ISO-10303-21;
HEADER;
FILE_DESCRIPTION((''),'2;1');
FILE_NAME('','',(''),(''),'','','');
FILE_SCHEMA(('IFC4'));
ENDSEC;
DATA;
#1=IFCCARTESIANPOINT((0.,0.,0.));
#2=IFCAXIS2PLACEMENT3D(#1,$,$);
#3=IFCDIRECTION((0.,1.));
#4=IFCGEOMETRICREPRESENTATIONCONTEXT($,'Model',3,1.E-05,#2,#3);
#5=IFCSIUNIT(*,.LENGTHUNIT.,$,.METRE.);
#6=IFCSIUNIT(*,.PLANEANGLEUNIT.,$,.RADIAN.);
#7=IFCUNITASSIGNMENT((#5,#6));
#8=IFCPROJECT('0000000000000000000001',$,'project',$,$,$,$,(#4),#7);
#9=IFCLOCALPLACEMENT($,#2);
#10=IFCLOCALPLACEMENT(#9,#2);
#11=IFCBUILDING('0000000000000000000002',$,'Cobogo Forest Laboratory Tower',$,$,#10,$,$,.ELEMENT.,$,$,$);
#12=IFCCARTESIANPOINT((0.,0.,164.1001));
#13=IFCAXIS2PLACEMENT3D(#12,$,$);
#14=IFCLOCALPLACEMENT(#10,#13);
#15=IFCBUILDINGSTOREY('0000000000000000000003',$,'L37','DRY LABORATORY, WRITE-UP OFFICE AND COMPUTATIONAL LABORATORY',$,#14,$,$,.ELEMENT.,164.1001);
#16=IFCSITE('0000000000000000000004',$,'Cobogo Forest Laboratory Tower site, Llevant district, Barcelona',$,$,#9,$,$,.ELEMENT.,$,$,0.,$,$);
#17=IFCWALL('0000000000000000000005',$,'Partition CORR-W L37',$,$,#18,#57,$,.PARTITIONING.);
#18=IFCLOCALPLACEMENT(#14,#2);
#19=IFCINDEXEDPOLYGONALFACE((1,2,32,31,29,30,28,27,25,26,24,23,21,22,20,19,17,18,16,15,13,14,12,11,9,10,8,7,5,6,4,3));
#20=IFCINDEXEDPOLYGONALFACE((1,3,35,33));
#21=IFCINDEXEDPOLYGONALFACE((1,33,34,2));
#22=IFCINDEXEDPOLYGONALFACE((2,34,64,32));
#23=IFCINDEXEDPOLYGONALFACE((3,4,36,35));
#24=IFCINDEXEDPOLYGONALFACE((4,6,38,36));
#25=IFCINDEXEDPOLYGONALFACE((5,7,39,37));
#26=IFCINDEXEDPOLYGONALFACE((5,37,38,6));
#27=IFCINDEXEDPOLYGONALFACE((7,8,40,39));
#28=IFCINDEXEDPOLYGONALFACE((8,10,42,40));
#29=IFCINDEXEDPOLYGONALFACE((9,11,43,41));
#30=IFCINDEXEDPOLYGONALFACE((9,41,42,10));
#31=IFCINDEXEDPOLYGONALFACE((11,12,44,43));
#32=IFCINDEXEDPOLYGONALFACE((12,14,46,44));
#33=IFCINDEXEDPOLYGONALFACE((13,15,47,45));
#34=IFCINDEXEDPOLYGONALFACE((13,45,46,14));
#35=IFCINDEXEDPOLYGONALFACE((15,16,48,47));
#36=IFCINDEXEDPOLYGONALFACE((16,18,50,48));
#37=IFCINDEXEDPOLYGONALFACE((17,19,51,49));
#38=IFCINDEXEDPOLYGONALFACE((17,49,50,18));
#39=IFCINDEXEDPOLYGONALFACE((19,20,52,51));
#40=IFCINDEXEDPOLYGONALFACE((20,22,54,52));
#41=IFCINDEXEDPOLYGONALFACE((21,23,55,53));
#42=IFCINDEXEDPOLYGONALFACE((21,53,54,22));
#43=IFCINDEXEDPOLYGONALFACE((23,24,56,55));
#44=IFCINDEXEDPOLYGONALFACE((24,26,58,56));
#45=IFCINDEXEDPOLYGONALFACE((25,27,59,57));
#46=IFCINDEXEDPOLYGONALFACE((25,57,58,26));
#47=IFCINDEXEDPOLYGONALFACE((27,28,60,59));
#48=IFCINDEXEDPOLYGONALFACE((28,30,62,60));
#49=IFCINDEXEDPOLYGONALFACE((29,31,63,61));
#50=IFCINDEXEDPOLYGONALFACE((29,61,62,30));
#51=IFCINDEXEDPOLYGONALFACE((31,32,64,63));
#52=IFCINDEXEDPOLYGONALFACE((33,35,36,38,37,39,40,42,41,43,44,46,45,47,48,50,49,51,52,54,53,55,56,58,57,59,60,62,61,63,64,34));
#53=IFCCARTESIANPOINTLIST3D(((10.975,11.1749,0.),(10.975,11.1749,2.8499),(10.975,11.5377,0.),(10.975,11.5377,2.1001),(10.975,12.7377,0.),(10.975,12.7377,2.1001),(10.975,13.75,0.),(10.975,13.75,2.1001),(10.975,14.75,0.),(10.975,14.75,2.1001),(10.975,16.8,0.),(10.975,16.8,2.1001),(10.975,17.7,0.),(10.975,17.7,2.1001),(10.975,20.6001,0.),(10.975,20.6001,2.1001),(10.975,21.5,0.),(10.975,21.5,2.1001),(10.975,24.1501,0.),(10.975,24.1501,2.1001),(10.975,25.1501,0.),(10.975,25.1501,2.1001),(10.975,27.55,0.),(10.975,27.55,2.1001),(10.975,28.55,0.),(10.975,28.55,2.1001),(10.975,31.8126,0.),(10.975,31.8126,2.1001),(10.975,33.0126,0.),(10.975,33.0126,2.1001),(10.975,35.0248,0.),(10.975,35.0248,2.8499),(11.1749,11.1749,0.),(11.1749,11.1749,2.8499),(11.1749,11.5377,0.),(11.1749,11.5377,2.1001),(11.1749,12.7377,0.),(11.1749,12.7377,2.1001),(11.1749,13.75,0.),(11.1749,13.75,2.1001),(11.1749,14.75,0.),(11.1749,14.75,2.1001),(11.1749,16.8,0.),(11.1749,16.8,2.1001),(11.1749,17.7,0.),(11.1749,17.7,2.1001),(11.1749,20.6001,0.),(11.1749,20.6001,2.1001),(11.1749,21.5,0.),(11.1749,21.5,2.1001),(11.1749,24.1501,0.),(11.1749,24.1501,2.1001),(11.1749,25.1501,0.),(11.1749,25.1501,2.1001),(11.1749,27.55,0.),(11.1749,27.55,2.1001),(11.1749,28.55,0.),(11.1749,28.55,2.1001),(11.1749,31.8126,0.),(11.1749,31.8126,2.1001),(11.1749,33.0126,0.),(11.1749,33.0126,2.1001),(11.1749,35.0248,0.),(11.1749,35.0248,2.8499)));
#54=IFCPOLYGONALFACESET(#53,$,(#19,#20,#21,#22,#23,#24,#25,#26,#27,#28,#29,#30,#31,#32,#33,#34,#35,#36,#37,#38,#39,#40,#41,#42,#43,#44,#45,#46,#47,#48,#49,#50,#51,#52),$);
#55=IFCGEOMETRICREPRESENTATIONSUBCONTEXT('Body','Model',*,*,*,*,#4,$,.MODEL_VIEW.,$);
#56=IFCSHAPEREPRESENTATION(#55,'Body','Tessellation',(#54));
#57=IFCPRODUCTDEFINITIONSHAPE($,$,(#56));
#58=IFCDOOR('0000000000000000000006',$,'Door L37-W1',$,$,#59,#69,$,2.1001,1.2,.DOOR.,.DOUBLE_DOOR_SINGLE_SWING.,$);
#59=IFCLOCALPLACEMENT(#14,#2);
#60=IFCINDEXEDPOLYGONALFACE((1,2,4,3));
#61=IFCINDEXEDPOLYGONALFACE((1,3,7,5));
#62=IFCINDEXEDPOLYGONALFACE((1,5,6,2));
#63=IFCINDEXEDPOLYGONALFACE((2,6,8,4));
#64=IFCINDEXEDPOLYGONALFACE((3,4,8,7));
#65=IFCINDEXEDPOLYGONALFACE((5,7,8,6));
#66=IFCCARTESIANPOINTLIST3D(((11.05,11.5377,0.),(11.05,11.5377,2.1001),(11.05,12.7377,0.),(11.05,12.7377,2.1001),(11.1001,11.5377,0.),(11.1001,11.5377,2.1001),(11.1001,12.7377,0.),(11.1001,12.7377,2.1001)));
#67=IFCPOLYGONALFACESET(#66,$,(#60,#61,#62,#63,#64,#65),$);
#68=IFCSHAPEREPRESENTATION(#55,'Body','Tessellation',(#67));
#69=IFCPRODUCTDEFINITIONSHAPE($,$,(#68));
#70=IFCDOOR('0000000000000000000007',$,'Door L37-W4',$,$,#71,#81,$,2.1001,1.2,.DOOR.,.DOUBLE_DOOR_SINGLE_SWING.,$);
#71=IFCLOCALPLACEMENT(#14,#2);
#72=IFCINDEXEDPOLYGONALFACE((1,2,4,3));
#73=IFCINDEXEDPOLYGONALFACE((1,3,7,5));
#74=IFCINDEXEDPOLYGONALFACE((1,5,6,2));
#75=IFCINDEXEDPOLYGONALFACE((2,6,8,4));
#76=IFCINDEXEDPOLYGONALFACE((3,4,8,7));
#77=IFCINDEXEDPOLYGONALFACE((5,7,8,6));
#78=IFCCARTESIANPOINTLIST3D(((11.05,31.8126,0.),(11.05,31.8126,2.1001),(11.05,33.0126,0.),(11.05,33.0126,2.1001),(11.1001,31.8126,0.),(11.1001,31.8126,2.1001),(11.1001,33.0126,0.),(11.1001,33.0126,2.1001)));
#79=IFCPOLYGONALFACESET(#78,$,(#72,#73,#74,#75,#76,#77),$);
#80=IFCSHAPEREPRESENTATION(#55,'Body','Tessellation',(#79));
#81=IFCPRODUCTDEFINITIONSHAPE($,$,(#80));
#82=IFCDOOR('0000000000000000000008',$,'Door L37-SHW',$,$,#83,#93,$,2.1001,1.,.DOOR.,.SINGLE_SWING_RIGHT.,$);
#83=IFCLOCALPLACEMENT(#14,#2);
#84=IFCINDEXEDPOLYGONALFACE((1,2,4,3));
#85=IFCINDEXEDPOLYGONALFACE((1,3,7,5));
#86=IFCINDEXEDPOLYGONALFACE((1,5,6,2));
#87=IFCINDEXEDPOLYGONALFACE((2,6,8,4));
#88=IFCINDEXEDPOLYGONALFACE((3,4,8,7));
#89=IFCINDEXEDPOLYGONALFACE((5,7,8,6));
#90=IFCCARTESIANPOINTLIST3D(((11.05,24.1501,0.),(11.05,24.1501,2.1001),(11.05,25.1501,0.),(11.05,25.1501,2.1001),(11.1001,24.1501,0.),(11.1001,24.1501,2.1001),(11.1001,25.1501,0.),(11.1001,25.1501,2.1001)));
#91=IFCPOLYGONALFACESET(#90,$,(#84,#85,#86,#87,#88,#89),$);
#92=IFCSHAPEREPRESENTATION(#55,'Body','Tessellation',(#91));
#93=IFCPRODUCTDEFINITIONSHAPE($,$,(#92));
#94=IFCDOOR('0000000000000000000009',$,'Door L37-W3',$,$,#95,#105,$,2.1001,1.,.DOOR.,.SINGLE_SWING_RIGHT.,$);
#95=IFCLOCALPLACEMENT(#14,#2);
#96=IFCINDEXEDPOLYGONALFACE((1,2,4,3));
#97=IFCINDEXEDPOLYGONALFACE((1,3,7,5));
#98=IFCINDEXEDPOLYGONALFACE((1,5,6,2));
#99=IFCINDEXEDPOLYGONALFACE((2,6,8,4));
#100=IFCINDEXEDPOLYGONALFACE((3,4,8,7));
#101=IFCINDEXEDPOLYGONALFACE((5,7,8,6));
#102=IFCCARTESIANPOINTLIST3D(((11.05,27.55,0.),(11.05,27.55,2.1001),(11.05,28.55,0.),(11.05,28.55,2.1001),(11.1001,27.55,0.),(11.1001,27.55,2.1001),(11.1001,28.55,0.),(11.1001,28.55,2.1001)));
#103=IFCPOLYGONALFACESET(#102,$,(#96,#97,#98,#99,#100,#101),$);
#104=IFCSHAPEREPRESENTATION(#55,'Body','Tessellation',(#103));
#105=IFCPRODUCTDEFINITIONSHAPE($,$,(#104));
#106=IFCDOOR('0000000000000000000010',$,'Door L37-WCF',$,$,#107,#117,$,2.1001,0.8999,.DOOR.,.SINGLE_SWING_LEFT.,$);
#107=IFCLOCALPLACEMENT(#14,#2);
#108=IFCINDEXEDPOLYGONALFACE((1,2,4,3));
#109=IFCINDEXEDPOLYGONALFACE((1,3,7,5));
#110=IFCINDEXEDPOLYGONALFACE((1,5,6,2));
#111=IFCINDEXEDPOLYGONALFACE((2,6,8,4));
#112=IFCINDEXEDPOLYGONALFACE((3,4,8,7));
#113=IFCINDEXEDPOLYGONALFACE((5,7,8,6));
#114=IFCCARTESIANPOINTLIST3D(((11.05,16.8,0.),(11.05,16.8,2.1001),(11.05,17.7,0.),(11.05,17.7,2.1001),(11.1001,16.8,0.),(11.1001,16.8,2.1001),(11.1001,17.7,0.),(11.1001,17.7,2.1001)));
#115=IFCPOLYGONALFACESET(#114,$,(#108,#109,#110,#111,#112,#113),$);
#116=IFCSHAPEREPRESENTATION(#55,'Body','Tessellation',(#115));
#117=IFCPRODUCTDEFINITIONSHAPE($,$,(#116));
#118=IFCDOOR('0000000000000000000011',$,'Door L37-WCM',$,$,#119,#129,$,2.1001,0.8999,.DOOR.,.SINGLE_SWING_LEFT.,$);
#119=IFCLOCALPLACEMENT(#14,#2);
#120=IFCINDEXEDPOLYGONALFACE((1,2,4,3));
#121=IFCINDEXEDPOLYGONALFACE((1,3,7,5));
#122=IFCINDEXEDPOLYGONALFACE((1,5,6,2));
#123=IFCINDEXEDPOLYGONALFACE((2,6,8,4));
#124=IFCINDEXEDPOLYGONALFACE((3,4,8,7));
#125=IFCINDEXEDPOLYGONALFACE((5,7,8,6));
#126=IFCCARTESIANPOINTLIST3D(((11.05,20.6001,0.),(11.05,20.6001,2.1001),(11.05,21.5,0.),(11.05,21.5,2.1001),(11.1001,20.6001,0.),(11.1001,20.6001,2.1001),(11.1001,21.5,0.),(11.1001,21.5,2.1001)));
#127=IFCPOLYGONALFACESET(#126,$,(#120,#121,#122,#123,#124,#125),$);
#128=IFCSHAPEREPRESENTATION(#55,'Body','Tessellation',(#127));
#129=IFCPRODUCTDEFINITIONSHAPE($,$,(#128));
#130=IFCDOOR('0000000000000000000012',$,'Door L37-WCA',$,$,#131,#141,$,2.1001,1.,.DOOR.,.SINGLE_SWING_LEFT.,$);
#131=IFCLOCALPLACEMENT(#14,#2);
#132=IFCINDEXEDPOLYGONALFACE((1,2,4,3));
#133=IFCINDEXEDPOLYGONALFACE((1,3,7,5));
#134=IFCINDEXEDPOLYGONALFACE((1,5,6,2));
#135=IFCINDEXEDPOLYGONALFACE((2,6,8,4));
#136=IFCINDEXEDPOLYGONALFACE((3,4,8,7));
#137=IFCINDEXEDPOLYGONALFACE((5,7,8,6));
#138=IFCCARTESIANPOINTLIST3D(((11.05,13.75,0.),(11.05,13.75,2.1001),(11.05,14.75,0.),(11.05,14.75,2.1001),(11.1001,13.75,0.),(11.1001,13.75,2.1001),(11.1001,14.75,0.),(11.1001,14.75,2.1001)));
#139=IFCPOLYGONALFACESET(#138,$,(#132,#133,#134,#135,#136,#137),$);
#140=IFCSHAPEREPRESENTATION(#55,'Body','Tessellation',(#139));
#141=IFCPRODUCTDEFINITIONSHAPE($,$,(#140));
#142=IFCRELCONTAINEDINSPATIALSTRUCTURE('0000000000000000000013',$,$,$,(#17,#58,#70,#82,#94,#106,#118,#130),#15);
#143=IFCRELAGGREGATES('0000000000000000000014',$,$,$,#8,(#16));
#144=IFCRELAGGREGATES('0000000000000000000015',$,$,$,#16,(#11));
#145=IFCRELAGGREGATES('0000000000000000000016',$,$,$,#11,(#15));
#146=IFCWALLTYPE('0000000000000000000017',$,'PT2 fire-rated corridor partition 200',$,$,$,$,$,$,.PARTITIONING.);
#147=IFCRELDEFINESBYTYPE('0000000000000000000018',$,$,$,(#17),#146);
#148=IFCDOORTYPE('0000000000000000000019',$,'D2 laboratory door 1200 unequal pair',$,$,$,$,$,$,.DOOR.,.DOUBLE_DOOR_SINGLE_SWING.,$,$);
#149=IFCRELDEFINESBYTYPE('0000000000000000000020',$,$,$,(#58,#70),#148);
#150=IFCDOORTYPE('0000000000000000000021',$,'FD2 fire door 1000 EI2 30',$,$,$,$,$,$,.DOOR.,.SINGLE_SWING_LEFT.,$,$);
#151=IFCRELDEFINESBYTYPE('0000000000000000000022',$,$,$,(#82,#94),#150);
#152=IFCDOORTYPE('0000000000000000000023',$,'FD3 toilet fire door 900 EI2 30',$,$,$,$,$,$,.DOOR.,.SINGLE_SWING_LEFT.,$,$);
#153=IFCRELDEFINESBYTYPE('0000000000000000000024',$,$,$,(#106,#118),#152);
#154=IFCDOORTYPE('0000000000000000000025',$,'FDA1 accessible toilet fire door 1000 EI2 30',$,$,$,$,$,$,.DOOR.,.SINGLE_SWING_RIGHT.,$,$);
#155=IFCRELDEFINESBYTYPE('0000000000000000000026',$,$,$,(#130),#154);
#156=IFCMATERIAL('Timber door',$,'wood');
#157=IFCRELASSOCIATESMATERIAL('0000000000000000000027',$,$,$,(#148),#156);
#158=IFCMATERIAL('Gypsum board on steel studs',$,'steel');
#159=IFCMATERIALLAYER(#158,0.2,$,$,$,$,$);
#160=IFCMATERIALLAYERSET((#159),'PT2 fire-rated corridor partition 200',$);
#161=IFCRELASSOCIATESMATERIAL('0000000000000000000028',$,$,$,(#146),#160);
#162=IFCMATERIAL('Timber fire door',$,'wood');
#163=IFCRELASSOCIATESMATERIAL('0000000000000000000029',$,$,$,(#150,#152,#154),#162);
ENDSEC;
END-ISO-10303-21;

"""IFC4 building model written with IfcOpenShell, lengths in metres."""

from ifc_helpers import new_model, si_unit, direction, frame, frame_2d, origin, place, context, subcontext, project, spatial, rectangle, extrude, material, layer, layer_set, type_object, element, fill, save


model = new_model("IFC4")

# Units and contexts
model_context = context("Model", 3, precision=1e-05, world=origin(), true_north=direction((0.0, 1.0)))
body_context = subcontext(model_context, "Body", "Model", "MODEL_VIEW")
ifc_project = project(units=[si_unit("LENGTHUNIT", "METRE"), si_unit("PLANEANGLEUNIT", "RADIAN")], contexts=[model_context])

# Site, building, storey
site_placement = place(None, origin())
site = spatial("IfcSite", under=ifc_project, at=site_placement, Name="Cobogo Forest Laboratory Tower site, Llevant district, Barcelona", CompositionType="ELEMENT", RefElevation=0.0)
building_placement = place(site_placement, origin())
building = spatial("IfcBuilding", under=site, at=building_placement, Name="Cobogo Forest Laboratory Tower", CompositionType="ELEMENT")
storey_placement = place(building_placement, frame((0.0, 0.0, 164.1001)))
storey = spatial("IfcBuildingStorey", under=building, at=storey_placement, Name="L37", Description="DRY LABORATORY, WRITE-UP OFFICE AND COMPUTATIONAL LABORATORY", CompositionType="ELEMENT", Elevation=164.1001)

# Shared definitions
ifc_material_1 = material(Name="Gypsum board on steel studs", Category="steel")

# Shared definitions
ifc_material_2 = material(Name="Timber door", Category="wood")
door_type_1 = type_object("IfcDoorType", Name="D2 laboratory door 1200 unequal pair", OperationType="DOUBLE_DOOR_SINGLE_SWING", PredefinedType="DOOR", material=ifc_material_2)

# Shared definitions
ifc_layer_1 = layer(ifc_material_1, 0.2)
ifc_layer_set_1 = layer_set([ifc_layer_1], Name="PT2 fire-rated corridor partition 200")
wall_type_1 = type_object("IfcWallType", Name="PT2 fire-rated corridor partition 200", PredefinedType="PARTITIONING", material=ifc_layer_set_1)

# Wall, openings, doors
ifc_material_3 = material(Name="Timber fire door", Category="wood")
door_type_2 = type_object("IfcDoorType", Name="FD2 fire door 1000 EI2 30", OperationType="SINGLE_SWING_LEFT", PredefinedType="DOOR", material=ifc_material_3)
wall_1_placement = place(storey_placement, frame((11.075, 11.175, 0.0), z_axis=(0.0, 0.0, 1.0), x_axis=(0.0, 1.0, 0.0)))
wall_1 = element("IfcWall", 1, at=wall_1_placement, inside=storey, type_object=wall_type_1, Name="Partition CORR-W L37", PredefinedType="PARTITIONING", context=body_context, shape_type="SweptSolid", body=[
    extrude(rectangle(XDim=23.8499, YDim=0.2, at=frame_2d((11.9248, 0.0))), origin(), (0.0, 0.0, 1.0), 2.8499),
])
opening_1_placement = place(wall_1_placement, frame((0.3625, 0.0, 0.0)))
opening_1 = element("IfcOpeningElement", 2, at=opening_1_placement, cuts=wall_1, PredefinedType="OPENING", context=body_context, shape_type="SweptSolid", body=[
    extrude(rectangle(XDim=1.2, YDim=2.1001, at=frame_2d((0.6001, 1.05))), frame((0.0, 0.1099, 0.0), z_axis=(0.0, -1.0, 0.0), x_axis=(1.0, 0.0, 0.0)), (0.0, 0.0, 1.0), 0.22),
])
opening_2_placement = place(wall_1_placement, frame((2.575, 0.0, 0.0)))
opening_2 = element("IfcOpeningElement", 3, at=opening_2_placement, cuts=wall_1, PredefinedType="OPENING", context=body_context, shape_type="SweptSolid", body=[
    extrude(rectangle(XDim=1.0, YDim=2.1001, at=frame_2d((0.5, 1.05))), frame((0.0, 0.1099, 0.0), z_axis=(0.0, -1.0, 0.0), x_axis=(1.0, 0.0, 0.0)), (0.0, 0.0, 1.0), 0.22),
])
opening_3_placement = place(wall_1_placement, frame((5.625, 0.0, 0.0)))
opening_3 = element("IfcOpeningElement", 4, at=opening_3_placement, cuts=wall_1, PredefinedType="OPENING", context=body_context, shape_type="SweptSolid", body=[
    extrude(rectangle(XDim=0.8999, YDim=2.1001, at=frame_2d((0.45, 1.05))), frame((0.0, 0.1099, 0.0), z_axis=(0.0, -1.0, 0.0), x_axis=(1.0, 0.0, 0.0)), (0.0, 0.0, 1.0), 0.22),
])
opening_4_placement = place(wall_1_placement, frame((9.425, 0.0, 0.0)))
opening_4 = element("IfcOpeningElement", 5, at=opening_4_placement, cuts=wall_1, PredefinedType="OPENING", context=body_context, shape_type="SweptSolid", body=[
    extrude(rectangle(XDim=0.8999, YDim=2.1001, at=frame_2d((0.45, 1.05))), frame((0.0, 0.1099, 0.0), z_axis=(0.0, -1.0, 0.0), x_axis=(1.0, 0.0, 0.0)), (0.0, 0.0, 1.0), 0.22),
])
opening_5_placement = place(wall_1_placement, frame((12.9751, 0.0, 0.0)))
opening_5 = element("IfcOpeningElement", 6, at=opening_5_placement, cuts=wall_1, PredefinedType="OPENING", context=body_context, shape_type="SweptSolid", body=[
    extrude(rectangle(XDim=1.0, YDim=2.1001, at=frame_2d((0.5, 1.05))), frame((0.0, 0.1099, 0.0), z_axis=(0.0, -1.0, 0.0), x_axis=(1.0, 0.0, 0.0)), (0.0, 0.0, 1.0), 0.22),
])
opening_6_placement = place(wall_1_placement, frame((16.375, 0.0, 0.0)))
opening_6 = element("IfcOpeningElement", 7, at=opening_6_placement, cuts=wall_1, PredefinedType="OPENING", context=body_context, shape_type="SweptSolid", body=[
    extrude(rectangle(XDim=1.0, YDim=2.1001, at=frame_2d((0.5, 1.05))), frame((0.0, 0.1099, 0.0), z_axis=(0.0, -1.0, 0.0), x_axis=(1.0, 0.0, 0.0)), (0.0, 0.0, 1.0), 0.22),
])
opening_7_placement = place(wall_1_placement, frame((20.6375, 0.0, 0.0)))
opening_7 = element("IfcOpeningElement", 8, at=opening_7_placement, cuts=wall_1, PredefinedType="OPENING", context=body_context, shape_type="SweptSolid", body=[
    extrude(rectangle(XDim=1.2, YDim=2.1001, at=frame_2d((0.6001, 1.05))), frame((0.0, 0.1099, 0.0), z_axis=(0.0, -1.0, 0.0), x_axis=(1.0, 0.0, 0.0)), (0.0, 0.0, 1.0), 0.22),
])
door_1_placement = place(opening_1_placement, origin())
door_1 = element("IfcDoor", 9, at=door_1_placement, inside=storey, type_object=door_type_1, Name="Door L37-W1", OperationType="DOUBLE_DOOR_SINGLE_SWING", OverallHeight=2.1001, OverallWidth=1.2, PredefinedType="DOOR", context=body_context, shape_type="SweptSolid", body=[
    extrude(rectangle(XDim=1.2, YDim=2.1001, at=frame_2d((0.6001, 1.05))), frame((0.0, 0.0249, 0.0), z_axis=(0.0, -1.0, 0.0), x_axis=(1.0, 0.0, 0.0)), (0.0, 0.0, 1.0), 0.05),
])
fill(opening_1, door_1)
door_2_placement = place(opening_7_placement, origin())
door_2 = element("IfcDoor", 10, at=door_2_placement, inside=storey, type_object=door_type_1, Name="Door L37-W4", OperationType="DOUBLE_DOOR_SINGLE_SWING", OverallHeight=2.1001, OverallWidth=1.2, PredefinedType="DOOR", context=body_context, shape_type="SweptSolid", body=[
    extrude(rectangle(XDim=1.2, YDim=2.1001, at=frame_2d((0.6001, 1.05))), frame((0.0, 0.0249, 0.0), z_axis=(0.0, -1.0, 0.0), x_axis=(1.0, 0.0, 0.0)), (0.0, 0.0, 1.0), 0.05),
])
fill(opening_7, door_2)
door_3_placement = place(opening_5_placement, origin())
door_3 = element("IfcDoor", 11, at=door_3_placement, inside=storey, type_object=door_type_2, Name="Door L37-SHW", OperationType="SINGLE_SWING_RIGHT", OverallHeight=2.1001, OverallWidth=1.0, PredefinedType="DOOR", context=body_context, shape_type="SweptSolid", body=[
    extrude(rectangle(XDim=1.0, YDim=2.1001, at=frame_2d((0.5, 1.05))), frame((0.0, 0.0249, 0.0), z_axis=(0.0, -1.0, 0.0), x_axis=(1.0, 0.0, 0.0)), (0.0, 0.0, 1.0), 0.05),
])
fill(opening_5, door_3)
door_4_placement = place(opening_6_placement, origin())
door_4 = element("IfcDoor", 12, at=door_4_placement, inside=storey, type_object=door_type_2, Name="Door L37-W3", OperationType="SINGLE_SWING_RIGHT", OverallHeight=2.1001, OverallWidth=1.0, PredefinedType="DOOR", context=body_context, shape_type="SweptSolid", body=[
    extrude(rectangle(XDim=1.0, YDim=2.1001, at=frame_2d((0.5, 1.05))), frame((0.0, 0.0249, 0.0), z_axis=(0.0, -1.0, 0.0), x_axis=(1.0, 0.0, 0.0)), (0.0, 0.0, 1.0), 0.05),
])
fill(opening_6, door_4)
door_type_3 = type_object("IfcDoorType", Name="FD3 toilet fire door 900 EI2 30", OperationType="SINGLE_SWING_LEFT", PredefinedType="DOOR", material=ifc_material_3)
door_5_placement = place(opening_3_placement, origin())
door_5 = element("IfcDoor", 13, at=door_5_placement, inside=storey, type_object=door_type_3, Name="Door L37-WCF", OperationType="SINGLE_SWING_LEFT", OverallHeight=2.1001, OverallWidth=0.8999, PredefinedType="DOOR", context=body_context, shape_type="SweptSolid", body=[
    extrude(rectangle(XDim=0.8999, YDim=2.1001, at=frame_2d((0.45, 1.05))), frame((0.0, 0.0249, 0.0), z_axis=(0.0, -1.0, 0.0), x_axis=(1.0, 0.0, 0.0)), (0.0, 0.0, 1.0), 0.05),
])
fill(opening_3, door_5)
door_6_placement = place(opening_4_placement, origin())
door_6 = element("IfcDoor", 14, at=door_6_placement, inside=storey, type_object=door_type_3, Name="Door L37-WCM", OperationType="SINGLE_SWING_LEFT", OverallHeight=2.1001, OverallWidth=0.8999, PredefinedType="DOOR", context=body_context, shape_type="SweptSolid", body=[
    extrude(rectangle(XDim=0.8999, YDim=2.1001, at=frame_2d((0.45, 1.05))), frame((0.0, 0.0249, 0.0), z_axis=(0.0, -1.0, 0.0), x_axis=(1.0, 0.0, 0.0)), (0.0, 0.0, 1.0), 0.05),
])
fill(opening_4, door_6)
door_type_4 = type_object("IfcDoorType", Name="FDA1 accessible toilet fire door 1000 EI2 30", OperationType="SINGLE_SWING_RIGHT", PredefinedType="DOOR", material=ifc_material_3)
door_7_placement = place(opening_2_placement, origin())
door_7 = element("IfcDoor", 15, at=door_7_placement, inside=storey, type_object=door_type_4, Name="Door L37-WCA", OperationType="SINGLE_SWING_LEFT", OverallHeight=2.1001, OverallWidth=1.0, PredefinedType="DOOR", context=body_context, shape_type="SweptSolid", body=[
    extrude(rectangle(XDim=1.0, YDim=2.1001, at=frame_2d((0.5, 1.05))), frame((0.0, 0.0249, 0.0), z_axis=(0.0, -1.0, 0.0), x_axis=(1.0, 0.0, 0.0)), (0.0, 0.0, 1.0), 0.05),
])
fill(opening_2, door_7)

save(model, "model.ifc")
